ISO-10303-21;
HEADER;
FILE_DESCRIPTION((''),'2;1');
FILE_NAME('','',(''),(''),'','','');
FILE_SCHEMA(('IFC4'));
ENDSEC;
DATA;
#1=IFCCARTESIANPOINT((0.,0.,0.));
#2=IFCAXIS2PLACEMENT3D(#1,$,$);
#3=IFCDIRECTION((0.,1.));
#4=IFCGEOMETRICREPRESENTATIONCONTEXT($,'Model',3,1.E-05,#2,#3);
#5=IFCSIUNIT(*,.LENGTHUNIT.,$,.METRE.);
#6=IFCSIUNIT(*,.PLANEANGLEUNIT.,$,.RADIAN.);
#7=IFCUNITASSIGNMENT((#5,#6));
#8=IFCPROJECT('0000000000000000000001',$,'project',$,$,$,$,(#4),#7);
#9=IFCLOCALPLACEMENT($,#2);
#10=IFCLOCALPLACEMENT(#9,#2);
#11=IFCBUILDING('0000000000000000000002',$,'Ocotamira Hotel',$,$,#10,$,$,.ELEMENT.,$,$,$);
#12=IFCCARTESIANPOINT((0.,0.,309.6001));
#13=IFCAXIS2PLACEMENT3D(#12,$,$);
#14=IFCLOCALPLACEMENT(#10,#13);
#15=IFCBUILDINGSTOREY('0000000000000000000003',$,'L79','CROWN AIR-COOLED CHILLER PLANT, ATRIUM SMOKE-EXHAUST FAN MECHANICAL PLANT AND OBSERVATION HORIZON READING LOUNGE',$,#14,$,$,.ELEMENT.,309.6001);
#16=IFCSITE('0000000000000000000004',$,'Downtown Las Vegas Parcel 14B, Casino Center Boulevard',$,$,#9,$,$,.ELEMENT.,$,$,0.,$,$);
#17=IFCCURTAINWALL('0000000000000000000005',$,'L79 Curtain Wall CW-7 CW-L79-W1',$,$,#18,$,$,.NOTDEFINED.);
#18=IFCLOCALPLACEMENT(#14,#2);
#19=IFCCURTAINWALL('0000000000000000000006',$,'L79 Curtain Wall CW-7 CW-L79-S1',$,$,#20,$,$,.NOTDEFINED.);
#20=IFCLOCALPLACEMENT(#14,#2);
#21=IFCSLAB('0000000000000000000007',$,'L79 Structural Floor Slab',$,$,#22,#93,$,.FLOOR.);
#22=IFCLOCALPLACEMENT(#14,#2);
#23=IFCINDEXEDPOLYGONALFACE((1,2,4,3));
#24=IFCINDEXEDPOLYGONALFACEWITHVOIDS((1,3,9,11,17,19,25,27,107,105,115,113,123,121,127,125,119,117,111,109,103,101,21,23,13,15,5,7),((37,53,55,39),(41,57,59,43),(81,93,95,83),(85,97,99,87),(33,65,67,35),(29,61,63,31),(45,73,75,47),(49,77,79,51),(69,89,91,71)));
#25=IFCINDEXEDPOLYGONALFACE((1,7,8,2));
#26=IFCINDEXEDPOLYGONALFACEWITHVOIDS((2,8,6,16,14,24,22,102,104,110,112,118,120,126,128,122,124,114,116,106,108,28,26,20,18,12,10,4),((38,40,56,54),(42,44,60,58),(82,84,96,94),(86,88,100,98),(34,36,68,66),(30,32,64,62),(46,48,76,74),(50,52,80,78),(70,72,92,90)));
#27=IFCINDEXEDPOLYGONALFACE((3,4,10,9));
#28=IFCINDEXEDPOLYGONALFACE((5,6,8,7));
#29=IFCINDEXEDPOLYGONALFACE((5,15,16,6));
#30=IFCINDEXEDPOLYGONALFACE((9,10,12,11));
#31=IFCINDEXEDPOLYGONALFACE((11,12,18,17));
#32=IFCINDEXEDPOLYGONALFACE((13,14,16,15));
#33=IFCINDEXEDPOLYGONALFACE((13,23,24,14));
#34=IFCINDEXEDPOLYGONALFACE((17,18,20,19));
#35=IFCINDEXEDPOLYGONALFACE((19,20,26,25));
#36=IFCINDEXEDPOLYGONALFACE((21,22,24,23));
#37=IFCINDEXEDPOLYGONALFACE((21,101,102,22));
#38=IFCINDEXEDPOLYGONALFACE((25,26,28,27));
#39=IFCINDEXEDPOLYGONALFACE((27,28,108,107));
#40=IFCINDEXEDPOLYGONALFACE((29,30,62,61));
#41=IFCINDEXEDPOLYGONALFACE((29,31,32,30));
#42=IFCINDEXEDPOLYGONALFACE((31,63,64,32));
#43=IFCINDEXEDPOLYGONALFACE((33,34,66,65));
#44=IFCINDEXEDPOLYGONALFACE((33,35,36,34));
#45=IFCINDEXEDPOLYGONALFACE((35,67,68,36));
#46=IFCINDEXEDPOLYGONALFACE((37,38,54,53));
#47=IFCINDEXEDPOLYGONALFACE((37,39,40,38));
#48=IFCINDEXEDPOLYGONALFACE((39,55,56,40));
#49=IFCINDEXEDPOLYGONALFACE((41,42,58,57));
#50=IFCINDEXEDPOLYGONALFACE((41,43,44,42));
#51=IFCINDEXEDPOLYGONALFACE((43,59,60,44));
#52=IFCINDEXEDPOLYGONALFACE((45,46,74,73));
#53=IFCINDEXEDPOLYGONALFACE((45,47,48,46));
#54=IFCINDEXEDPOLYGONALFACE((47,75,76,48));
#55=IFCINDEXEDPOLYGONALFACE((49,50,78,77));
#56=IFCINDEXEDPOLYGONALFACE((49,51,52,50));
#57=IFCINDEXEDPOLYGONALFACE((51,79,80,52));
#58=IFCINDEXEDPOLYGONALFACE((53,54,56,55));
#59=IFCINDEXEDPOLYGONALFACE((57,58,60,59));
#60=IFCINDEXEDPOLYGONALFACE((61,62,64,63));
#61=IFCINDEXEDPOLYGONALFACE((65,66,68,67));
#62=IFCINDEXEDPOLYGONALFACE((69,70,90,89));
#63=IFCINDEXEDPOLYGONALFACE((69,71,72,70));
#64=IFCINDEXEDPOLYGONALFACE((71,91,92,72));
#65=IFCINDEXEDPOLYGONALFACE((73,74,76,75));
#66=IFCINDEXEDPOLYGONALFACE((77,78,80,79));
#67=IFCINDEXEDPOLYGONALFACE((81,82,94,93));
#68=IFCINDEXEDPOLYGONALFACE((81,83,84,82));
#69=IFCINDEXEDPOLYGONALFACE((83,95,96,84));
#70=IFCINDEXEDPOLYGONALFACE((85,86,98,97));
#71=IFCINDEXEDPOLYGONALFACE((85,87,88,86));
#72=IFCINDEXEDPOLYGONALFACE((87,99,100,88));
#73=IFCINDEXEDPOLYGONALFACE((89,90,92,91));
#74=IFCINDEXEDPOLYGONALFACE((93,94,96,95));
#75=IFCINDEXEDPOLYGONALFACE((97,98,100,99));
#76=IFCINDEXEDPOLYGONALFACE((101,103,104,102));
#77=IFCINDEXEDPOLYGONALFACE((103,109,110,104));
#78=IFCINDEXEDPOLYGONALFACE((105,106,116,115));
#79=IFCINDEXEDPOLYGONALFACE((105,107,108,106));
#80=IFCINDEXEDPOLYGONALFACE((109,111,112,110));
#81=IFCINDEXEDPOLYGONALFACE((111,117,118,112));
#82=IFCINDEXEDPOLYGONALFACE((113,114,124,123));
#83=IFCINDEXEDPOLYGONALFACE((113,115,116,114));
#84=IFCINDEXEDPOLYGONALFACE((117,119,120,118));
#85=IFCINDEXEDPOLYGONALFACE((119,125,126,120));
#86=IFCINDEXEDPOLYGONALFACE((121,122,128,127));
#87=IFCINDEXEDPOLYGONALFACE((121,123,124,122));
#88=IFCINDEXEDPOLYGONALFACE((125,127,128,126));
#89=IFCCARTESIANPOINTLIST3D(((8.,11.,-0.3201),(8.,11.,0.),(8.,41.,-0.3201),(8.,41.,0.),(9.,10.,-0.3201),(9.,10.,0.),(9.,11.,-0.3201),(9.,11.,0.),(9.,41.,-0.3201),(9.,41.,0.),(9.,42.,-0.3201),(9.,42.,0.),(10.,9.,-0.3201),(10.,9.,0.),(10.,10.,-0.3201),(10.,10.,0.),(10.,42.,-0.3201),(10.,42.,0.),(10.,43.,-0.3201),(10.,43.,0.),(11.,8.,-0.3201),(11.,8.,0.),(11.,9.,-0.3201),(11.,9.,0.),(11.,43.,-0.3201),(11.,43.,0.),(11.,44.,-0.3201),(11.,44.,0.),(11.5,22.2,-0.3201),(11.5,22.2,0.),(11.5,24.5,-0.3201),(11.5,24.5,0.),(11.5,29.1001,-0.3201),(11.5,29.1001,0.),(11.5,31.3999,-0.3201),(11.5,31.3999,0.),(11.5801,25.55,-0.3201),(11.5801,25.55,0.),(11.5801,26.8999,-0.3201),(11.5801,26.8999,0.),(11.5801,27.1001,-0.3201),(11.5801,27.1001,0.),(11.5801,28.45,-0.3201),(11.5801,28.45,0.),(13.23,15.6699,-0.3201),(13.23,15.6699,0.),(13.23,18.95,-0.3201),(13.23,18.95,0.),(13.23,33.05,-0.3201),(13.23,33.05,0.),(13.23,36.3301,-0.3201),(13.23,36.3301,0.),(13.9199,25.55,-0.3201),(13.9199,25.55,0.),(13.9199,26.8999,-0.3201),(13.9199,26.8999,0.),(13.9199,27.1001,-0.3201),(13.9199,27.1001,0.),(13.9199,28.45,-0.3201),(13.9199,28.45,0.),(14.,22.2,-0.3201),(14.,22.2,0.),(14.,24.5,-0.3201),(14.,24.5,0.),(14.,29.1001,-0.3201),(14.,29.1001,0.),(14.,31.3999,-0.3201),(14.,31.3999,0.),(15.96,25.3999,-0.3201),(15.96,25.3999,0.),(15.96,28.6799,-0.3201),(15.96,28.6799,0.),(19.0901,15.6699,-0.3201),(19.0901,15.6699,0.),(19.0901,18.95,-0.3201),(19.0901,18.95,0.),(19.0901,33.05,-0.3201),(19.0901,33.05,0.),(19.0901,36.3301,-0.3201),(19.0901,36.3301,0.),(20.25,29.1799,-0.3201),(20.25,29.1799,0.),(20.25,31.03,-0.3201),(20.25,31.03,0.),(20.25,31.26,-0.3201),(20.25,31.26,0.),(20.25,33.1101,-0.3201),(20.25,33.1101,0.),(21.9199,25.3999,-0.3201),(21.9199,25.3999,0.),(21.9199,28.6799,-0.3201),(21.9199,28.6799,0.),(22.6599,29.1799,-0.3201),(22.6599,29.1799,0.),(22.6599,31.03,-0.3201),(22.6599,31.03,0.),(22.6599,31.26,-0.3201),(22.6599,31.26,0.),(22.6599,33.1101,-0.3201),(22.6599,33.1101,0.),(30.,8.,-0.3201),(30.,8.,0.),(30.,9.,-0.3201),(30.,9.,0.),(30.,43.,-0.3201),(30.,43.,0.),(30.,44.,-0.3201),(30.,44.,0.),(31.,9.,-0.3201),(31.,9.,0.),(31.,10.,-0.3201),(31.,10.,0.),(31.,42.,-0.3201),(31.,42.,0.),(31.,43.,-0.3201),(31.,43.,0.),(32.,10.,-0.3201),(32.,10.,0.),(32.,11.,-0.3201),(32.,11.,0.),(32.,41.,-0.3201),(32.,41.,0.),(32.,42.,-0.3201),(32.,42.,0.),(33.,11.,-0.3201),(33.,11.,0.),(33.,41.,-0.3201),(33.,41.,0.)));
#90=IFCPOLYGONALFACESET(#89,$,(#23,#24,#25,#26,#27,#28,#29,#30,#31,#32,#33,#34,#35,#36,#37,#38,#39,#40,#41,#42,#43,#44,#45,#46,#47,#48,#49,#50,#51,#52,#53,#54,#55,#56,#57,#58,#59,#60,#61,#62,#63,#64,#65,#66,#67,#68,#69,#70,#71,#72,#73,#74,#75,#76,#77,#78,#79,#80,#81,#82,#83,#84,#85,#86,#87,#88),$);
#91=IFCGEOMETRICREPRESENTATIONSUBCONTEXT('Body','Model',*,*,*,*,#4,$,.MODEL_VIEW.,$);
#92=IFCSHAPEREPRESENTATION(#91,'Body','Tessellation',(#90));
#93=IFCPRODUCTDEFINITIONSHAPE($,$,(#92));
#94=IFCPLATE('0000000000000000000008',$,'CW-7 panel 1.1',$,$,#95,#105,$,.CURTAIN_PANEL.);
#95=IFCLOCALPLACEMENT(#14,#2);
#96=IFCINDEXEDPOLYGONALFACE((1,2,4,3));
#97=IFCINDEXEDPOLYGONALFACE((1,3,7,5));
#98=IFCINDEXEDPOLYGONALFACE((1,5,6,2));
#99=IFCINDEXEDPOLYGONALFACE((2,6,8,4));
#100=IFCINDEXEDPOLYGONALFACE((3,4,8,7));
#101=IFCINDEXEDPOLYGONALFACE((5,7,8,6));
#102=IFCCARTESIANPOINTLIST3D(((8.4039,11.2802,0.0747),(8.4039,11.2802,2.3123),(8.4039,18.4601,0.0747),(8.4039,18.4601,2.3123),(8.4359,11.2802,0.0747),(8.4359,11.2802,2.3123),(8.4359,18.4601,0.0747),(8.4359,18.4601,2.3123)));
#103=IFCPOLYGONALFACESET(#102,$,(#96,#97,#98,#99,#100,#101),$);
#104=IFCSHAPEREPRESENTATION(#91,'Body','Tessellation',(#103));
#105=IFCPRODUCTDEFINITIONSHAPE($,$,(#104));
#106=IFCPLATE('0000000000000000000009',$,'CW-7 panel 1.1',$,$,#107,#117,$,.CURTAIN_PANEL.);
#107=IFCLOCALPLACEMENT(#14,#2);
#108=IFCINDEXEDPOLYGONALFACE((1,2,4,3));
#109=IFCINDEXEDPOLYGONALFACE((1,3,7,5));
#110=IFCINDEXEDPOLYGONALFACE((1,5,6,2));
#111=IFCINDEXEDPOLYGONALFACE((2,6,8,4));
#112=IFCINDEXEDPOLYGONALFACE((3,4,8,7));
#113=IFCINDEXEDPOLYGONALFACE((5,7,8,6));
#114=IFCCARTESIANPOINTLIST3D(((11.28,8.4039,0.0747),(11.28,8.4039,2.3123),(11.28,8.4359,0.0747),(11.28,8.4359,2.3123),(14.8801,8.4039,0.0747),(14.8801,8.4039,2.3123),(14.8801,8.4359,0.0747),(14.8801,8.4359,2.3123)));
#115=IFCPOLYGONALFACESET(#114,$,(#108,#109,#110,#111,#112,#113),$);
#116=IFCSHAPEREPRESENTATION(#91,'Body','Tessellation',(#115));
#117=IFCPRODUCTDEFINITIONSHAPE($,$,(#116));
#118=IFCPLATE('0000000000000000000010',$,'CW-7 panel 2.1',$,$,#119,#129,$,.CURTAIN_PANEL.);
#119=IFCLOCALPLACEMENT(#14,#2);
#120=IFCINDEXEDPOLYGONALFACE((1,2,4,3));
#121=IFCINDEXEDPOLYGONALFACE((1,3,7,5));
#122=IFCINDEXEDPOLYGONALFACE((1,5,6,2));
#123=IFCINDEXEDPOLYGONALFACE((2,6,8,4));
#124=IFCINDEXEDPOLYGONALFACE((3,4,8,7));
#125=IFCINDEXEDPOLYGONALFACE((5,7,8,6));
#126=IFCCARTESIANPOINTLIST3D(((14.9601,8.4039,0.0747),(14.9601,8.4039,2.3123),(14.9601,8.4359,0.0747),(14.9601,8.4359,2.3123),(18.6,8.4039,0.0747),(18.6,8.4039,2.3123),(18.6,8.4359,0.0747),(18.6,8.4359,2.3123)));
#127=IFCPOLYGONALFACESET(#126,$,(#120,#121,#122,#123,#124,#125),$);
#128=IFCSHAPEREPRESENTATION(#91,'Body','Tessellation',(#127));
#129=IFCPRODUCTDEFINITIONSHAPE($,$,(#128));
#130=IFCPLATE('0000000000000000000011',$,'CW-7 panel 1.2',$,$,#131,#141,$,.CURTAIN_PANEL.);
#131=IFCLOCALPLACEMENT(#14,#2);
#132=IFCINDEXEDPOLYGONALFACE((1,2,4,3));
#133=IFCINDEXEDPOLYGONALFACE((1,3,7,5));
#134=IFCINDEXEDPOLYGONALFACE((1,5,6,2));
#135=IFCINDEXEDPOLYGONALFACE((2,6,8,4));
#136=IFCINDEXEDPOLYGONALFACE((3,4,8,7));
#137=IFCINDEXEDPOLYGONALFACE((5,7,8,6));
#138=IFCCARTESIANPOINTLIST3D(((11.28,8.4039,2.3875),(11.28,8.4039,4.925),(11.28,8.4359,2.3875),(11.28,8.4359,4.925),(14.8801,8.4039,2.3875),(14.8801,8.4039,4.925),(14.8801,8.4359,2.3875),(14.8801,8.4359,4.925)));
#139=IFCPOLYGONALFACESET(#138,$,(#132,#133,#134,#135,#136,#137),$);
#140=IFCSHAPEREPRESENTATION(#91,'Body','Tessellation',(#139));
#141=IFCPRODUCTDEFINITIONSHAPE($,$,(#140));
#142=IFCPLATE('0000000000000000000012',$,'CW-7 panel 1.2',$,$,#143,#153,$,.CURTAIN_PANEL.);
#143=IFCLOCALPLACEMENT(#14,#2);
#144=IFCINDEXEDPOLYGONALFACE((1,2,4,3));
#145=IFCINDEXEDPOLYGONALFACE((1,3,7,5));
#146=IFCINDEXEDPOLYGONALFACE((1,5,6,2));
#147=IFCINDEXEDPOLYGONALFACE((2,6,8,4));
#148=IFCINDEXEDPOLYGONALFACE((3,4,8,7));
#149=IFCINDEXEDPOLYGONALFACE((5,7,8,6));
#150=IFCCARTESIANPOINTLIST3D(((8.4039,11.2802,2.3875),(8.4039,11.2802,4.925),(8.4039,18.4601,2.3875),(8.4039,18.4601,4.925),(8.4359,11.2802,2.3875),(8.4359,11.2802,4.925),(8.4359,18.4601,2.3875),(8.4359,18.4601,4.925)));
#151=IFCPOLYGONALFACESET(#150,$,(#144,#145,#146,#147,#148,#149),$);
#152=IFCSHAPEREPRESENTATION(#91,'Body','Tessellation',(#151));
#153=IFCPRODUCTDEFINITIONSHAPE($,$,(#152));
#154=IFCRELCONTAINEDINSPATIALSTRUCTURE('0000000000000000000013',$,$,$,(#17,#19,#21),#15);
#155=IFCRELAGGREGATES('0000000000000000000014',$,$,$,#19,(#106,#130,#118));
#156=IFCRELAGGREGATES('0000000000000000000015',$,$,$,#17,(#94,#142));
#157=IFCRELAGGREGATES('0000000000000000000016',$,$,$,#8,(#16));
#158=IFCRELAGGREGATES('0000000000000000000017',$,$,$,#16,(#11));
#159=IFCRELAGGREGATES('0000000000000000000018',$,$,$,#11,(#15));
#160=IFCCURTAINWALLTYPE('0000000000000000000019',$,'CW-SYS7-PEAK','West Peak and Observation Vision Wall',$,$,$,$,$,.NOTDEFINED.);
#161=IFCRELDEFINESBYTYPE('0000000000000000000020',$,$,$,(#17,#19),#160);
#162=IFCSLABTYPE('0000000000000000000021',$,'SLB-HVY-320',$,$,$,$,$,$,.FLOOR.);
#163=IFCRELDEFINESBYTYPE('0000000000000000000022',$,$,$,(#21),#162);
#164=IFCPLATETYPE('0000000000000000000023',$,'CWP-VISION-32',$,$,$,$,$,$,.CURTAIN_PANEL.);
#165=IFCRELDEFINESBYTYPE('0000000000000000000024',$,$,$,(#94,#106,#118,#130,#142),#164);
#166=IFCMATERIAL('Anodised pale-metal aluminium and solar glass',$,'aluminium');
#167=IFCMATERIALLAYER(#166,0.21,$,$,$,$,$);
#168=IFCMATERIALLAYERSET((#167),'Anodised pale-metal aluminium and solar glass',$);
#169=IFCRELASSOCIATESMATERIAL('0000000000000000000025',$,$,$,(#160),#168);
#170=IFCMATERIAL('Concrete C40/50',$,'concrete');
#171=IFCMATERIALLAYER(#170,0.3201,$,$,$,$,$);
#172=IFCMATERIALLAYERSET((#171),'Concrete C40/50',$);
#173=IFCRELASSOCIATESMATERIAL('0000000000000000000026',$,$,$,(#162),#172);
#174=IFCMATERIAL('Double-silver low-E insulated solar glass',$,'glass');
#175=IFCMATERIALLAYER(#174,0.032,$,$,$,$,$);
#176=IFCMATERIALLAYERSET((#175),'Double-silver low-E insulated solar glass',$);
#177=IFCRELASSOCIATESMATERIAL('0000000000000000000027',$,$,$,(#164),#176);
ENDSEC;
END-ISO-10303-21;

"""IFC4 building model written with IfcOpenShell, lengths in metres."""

from ifc_helpers import new_model, si_unit, direction, frame, origin, origin_2d, place, context, subcontext, project, spatial, polyline, rectangle, outline, extrude, source, transform, mapped, material, layer, layer_set, type_object, element, aggregate, save


model = new_model("IFC4")

# Units and contexts
model_context = context("Model", 3, precision=1e-05, world=origin(), true_north=direction((0.0, 1.0)))
body_context = subcontext(model_context, "Body", "Model", "MODEL_VIEW")
ifc_project = project(units=[si_unit("LENGTHUNIT", "METRE"), si_unit("PLANEANGLEUNIT", "RADIAN")], contexts=[model_context])

# Site, building, storey
site_placement = place(None, origin())
site = spatial("IfcSite", under=ifc_project, at=site_placement, Name="Downtown Las Vegas Parcel 14B, Casino Center Boulevard", CompositionType="ELEMENT", RefElevation=0.0)
building_placement = place(site_placement, origin())
building = spatial("IfcBuilding", under=site, at=building_placement, Name="Ocotamira Hotel", CompositionType="ELEMENT")
storey_placement = place(building_placement, frame((0.0, 0.0, 309.6001)))
storey = spatial("IfcBuildingStorey", under=building, at=storey_placement, Name="L79", Description="CROWN AIR-COOLED CHILLER PLANT, ATRIUM SMOKE-EXHAUST FAN MECHANICAL PLANT AND OBSERVATION HORIZON READING LOUNGE", CompositionType="ELEMENT", Elevation=309.6001)

# Curtain walls
ifc_material_1 = material(Name="Anodised pale-metal aluminium and solar glass", Category="aluminium")
ifc_layer_1 = layer(ifc_material_1, 0.21)
ifc_layer_set_1 = layer_set([ifc_layer_1], Name="Anodised pale-metal aluminium and solar glass")
curtain_wall_type = type_object("IfcCurtainWallType", Name="CW-SYS7-PEAK", Description="West Peak and Observation Vision Wall", PredefinedType="NOTDEFINED", material=ifc_layer_set_1)
curtain_wall_1_placement = place(storey_placement, origin())
curtain_wall_1 = element("IfcCurtainWall", 1, at=curtain_wall_1_placement, inside=storey, type_object=curtain_wall_type, Name="L79 Curtain Wall CW-7 CW-L79-W1", PredefinedType="NOTDEFINED")
curtain_wall_2_placement = place(storey_placement, origin())
curtain_wall_2 = element("IfcCurtainWall", 2, at=curtain_wall_2_placement, inside=storey, type_object=curtain_wall_type, Name="L79 Curtain Wall CW-7 CW-L79-S1", PredefinedType="NOTDEFINED")

# Slab
ifc_material_2 = material(Name="Concrete C40/50", Category="concrete")
ifc_layer_2 = layer(ifc_material_2, 0.3201)
ifc_layer_set_2 = layer_set([ifc_layer_2], Name="Concrete C40/50")
slab_type = type_object("IfcSlabType", Name="SLB-HVY-320", PredefinedType="FLOOR", material=ifc_layer_set_2)
slab_placement = place(storey_placement, frame((0.0, 0.0, -0.3201)))
element("IfcSlab", 3, at=slab_placement, inside=storey, type_object=slab_type, Name="L79 Structural Floor Slab", PredefinedType="FLOOR", context=body_context, shape_type="SweptSolid", body=[
    extrude(outline(polyline([(11.0, 8.0), (30.0, 8.0), (30.0, 9.0), (31.0, 9.0), (31.0, 10.0), (32.0, 10.0), (32.0, 11.0), (33.0, 11.0), (33.0, 41.0), (32.0, 41.0), (32.0, 42.0), (31.0, 42.0), (31.0, 43.0), (30.0, 43.0), (30.0, 44.0), (11.0, 44.0), (11.0, 43.0), (10.0, 43.0), (10.0, 42.0), (9.0, 42.0), (9.0, 41.0), (8.0, 41.0), (8.0, 11.0), (9.0, 11.0), (9.0, 10.0), (10.0, 10.0), (10.0, 9.0), (11.0, 9.0), (11.0, 8.0)]), holes=[polyline([(13.23, 15.6699), (19.0901, 15.6699), (19.0901, 18.95), (13.23, 18.95), (13.23, 15.6699)]), polyline([(13.23, 33.05), (19.0901, 33.05), (19.0901, 36.3301), (13.23, 36.3301), (13.23, 33.05)]), polyline([(15.96, 25.3999), (21.9199, 25.3999), (21.9199, 28.6799), (15.96, 28.6799), (15.96, 25.3999)]), polyline([(20.25, 29.1799), (22.6599, 29.1799), (22.6599, 31.03), (20.25, 31.03), (20.25, 29.1799)]), polyline([(20.25, 31.26), (22.6599, 31.26), (22.6599, 33.1101), (20.25, 33.1101), (20.25, 31.26)]), polyline([(11.5, 22.2), (14.0, 22.2), (14.0, 24.5), (11.5, 24.5), (11.5, 22.2)]), polyline([(11.5, 29.1001), (14.0, 29.1001), (14.0, 31.3999), (11.5, 31.3999), (11.5, 29.1001)]), polyline([(11.5801, 25.55), (13.9199, 25.55), (13.9199, 26.8999), (11.5801, 26.8999), (11.5801, 25.55)]), polyline([(11.5801, 27.1001), (13.9199, 27.1001), (13.9199, 28.45), (11.5801, 28.45), (11.5801, 27.1001)])]), origin(), (0.0, 0.0, 1.0), 0.3201),
])

# Plates
ifc_material_3 = material(Name="Double-silver low-E insulated solar glass", Category="glass")
ifc_layer_3 = layer(ifc_material_3, 0.032)
ifc_layer_set_3 = layer_set([ifc_layer_3], Name="Double-silver low-E insulated solar glass")
plate_type = type_object("IfcPlateType", Name="CWP-VISION-32", PredefinedType="CURTAIN_PANEL", material=ifc_layer_set_3)
shared_shape_1 = source(origin(), body_context, "Body", "SweptSolid", [
    extrude(rectangle(XDim=7.1799, YDim=0.032, at=origin_2d()), origin(), (0.0, 0.0, 1.0), 2.2375),
])
plate_1_placement = place(storey_placement, frame((8.4199, 14.8701, 0.0747), z_axis=(0.0, 0.0, 1.0), x_axis=(0.0, 1.0, 0.0)))
plate_1 = element("IfcPlate", 4, at=plate_1_placement, type_object=plate_type, Name="CW-7 panel 1.1", PredefinedType="CURTAIN_PANEL", context=body_context, shape_type="MappedRepresentation", body=[
    mapped(shared_shape_1, transform((0.0, 0.0, 0.0), scale=1.0)),
])
shared_shape_2 = source(origin(), body_context, "Body", "SweptSolid", [
    extrude(rectangle(XDim=3.6001, YDim=0.032, at=origin_2d()), origin(), (0.0, 0.0, 1.0), 2.2375),
])
plate_2_placement = place(storey_placement, frame((13.0801, 8.4199, 0.0747), z_axis=(0.0, 0.0, 1.0), x_axis=(1.0, 0.0, 0.0)))
plate_2 = element("IfcPlate", 5, at=plate_2_placement, type_object=plate_type, Name="CW-7 panel 1.1", PredefinedType="CURTAIN_PANEL", context=body_context, shape_type="MappedRepresentation", body=[
    mapped(shared_shape_2, transform((0.0, 0.0, 0.0), scale=1.0)),
])
shared_shape_3 = source(origin(), body_context, "Body", "SweptSolid", [
    extrude(rectangle(XDim=3.6399, YDim=0.032, at=origin_2d()), origin(), (0.0, 0.0, 1.0), 2.2375),
])
plate_3_placement = place(storey_placement, frame((16.78, 8.4199, 0.0747), z_axis=(0.0, 0.0, 1.0), x_axis=(1.0, 0.0, 0.0)))
plate_3 = element("IfcPlate", 6, at=plate_3_placement, type_object=plate_type, Name="CW-7 panel 2.1", PredefinedType="CURTAIN_PANEL", context=body_context, shape_type="MappedRepresentation", body=[
    mapped(shared_shape_3, transform((0.0, 0.0, 0.0), scale=1.0)),
])
shared_shape_4 = source(origin(), body_context, "Body", "SweptSolid", [
    extrude(rectangle(XDim=3.6001, YDim=0.032, at=origin_2d()), origin(), (0.0, 0.0, 1.0), 2.5376),
])
plate_4_placement = place(storey_placement, frame((13.0801, 8.4199, 2.3875), z_axis=(0.0, 0.0, 1.0), x_axis=(1.0, 0.0, 0.0)))
plate_4 = element("IfcPlate", 7, at=plate_4_placement, type_object=plate_type, Name="CW-7 panel 1.2", PredefinedType="CURTAIN_PANEL", context=body_context, shape_type="MappedRepresentation", body=[
    mapped(shared_shape_4, transform((0.0, 0.0, 0.0), scale=1.0)),
])
aggregate(curtain_wall_2, [plate_2, plate_4, plate_3])
shared_shape_5 = source(origin(), body_context, "Body", "SweptSolid", [
    extrude(rectangle(XDim=7.1799, YDim=0.032, at=origin_2d()), origin(), (0.0, 0.0, 1.0), 2.5376),
])
plate_5_placement = place(storey_placement, frame((8.4199, 14.8701, 2.3875), z_axis=(0.0, 0.0, 1.0), x_axis=(0.0, 1.0, 0.0)))
plate_5 = element("IfcPlate", 8, at=plate_5_placement, type_object=plate_type, Name="CW-7 panel 1.2", PredefinedType="CURTAIN_PANEL", context=body_context, shape_type="MappedRepresentation", body=[
    mapped(shared_shape_5, transform((0.0, 0.0, 0.0), scale=1.0)),
])
aggregate(curtain_wall_1, [plate_1, plate_5])

save(model, "model.ifc")
